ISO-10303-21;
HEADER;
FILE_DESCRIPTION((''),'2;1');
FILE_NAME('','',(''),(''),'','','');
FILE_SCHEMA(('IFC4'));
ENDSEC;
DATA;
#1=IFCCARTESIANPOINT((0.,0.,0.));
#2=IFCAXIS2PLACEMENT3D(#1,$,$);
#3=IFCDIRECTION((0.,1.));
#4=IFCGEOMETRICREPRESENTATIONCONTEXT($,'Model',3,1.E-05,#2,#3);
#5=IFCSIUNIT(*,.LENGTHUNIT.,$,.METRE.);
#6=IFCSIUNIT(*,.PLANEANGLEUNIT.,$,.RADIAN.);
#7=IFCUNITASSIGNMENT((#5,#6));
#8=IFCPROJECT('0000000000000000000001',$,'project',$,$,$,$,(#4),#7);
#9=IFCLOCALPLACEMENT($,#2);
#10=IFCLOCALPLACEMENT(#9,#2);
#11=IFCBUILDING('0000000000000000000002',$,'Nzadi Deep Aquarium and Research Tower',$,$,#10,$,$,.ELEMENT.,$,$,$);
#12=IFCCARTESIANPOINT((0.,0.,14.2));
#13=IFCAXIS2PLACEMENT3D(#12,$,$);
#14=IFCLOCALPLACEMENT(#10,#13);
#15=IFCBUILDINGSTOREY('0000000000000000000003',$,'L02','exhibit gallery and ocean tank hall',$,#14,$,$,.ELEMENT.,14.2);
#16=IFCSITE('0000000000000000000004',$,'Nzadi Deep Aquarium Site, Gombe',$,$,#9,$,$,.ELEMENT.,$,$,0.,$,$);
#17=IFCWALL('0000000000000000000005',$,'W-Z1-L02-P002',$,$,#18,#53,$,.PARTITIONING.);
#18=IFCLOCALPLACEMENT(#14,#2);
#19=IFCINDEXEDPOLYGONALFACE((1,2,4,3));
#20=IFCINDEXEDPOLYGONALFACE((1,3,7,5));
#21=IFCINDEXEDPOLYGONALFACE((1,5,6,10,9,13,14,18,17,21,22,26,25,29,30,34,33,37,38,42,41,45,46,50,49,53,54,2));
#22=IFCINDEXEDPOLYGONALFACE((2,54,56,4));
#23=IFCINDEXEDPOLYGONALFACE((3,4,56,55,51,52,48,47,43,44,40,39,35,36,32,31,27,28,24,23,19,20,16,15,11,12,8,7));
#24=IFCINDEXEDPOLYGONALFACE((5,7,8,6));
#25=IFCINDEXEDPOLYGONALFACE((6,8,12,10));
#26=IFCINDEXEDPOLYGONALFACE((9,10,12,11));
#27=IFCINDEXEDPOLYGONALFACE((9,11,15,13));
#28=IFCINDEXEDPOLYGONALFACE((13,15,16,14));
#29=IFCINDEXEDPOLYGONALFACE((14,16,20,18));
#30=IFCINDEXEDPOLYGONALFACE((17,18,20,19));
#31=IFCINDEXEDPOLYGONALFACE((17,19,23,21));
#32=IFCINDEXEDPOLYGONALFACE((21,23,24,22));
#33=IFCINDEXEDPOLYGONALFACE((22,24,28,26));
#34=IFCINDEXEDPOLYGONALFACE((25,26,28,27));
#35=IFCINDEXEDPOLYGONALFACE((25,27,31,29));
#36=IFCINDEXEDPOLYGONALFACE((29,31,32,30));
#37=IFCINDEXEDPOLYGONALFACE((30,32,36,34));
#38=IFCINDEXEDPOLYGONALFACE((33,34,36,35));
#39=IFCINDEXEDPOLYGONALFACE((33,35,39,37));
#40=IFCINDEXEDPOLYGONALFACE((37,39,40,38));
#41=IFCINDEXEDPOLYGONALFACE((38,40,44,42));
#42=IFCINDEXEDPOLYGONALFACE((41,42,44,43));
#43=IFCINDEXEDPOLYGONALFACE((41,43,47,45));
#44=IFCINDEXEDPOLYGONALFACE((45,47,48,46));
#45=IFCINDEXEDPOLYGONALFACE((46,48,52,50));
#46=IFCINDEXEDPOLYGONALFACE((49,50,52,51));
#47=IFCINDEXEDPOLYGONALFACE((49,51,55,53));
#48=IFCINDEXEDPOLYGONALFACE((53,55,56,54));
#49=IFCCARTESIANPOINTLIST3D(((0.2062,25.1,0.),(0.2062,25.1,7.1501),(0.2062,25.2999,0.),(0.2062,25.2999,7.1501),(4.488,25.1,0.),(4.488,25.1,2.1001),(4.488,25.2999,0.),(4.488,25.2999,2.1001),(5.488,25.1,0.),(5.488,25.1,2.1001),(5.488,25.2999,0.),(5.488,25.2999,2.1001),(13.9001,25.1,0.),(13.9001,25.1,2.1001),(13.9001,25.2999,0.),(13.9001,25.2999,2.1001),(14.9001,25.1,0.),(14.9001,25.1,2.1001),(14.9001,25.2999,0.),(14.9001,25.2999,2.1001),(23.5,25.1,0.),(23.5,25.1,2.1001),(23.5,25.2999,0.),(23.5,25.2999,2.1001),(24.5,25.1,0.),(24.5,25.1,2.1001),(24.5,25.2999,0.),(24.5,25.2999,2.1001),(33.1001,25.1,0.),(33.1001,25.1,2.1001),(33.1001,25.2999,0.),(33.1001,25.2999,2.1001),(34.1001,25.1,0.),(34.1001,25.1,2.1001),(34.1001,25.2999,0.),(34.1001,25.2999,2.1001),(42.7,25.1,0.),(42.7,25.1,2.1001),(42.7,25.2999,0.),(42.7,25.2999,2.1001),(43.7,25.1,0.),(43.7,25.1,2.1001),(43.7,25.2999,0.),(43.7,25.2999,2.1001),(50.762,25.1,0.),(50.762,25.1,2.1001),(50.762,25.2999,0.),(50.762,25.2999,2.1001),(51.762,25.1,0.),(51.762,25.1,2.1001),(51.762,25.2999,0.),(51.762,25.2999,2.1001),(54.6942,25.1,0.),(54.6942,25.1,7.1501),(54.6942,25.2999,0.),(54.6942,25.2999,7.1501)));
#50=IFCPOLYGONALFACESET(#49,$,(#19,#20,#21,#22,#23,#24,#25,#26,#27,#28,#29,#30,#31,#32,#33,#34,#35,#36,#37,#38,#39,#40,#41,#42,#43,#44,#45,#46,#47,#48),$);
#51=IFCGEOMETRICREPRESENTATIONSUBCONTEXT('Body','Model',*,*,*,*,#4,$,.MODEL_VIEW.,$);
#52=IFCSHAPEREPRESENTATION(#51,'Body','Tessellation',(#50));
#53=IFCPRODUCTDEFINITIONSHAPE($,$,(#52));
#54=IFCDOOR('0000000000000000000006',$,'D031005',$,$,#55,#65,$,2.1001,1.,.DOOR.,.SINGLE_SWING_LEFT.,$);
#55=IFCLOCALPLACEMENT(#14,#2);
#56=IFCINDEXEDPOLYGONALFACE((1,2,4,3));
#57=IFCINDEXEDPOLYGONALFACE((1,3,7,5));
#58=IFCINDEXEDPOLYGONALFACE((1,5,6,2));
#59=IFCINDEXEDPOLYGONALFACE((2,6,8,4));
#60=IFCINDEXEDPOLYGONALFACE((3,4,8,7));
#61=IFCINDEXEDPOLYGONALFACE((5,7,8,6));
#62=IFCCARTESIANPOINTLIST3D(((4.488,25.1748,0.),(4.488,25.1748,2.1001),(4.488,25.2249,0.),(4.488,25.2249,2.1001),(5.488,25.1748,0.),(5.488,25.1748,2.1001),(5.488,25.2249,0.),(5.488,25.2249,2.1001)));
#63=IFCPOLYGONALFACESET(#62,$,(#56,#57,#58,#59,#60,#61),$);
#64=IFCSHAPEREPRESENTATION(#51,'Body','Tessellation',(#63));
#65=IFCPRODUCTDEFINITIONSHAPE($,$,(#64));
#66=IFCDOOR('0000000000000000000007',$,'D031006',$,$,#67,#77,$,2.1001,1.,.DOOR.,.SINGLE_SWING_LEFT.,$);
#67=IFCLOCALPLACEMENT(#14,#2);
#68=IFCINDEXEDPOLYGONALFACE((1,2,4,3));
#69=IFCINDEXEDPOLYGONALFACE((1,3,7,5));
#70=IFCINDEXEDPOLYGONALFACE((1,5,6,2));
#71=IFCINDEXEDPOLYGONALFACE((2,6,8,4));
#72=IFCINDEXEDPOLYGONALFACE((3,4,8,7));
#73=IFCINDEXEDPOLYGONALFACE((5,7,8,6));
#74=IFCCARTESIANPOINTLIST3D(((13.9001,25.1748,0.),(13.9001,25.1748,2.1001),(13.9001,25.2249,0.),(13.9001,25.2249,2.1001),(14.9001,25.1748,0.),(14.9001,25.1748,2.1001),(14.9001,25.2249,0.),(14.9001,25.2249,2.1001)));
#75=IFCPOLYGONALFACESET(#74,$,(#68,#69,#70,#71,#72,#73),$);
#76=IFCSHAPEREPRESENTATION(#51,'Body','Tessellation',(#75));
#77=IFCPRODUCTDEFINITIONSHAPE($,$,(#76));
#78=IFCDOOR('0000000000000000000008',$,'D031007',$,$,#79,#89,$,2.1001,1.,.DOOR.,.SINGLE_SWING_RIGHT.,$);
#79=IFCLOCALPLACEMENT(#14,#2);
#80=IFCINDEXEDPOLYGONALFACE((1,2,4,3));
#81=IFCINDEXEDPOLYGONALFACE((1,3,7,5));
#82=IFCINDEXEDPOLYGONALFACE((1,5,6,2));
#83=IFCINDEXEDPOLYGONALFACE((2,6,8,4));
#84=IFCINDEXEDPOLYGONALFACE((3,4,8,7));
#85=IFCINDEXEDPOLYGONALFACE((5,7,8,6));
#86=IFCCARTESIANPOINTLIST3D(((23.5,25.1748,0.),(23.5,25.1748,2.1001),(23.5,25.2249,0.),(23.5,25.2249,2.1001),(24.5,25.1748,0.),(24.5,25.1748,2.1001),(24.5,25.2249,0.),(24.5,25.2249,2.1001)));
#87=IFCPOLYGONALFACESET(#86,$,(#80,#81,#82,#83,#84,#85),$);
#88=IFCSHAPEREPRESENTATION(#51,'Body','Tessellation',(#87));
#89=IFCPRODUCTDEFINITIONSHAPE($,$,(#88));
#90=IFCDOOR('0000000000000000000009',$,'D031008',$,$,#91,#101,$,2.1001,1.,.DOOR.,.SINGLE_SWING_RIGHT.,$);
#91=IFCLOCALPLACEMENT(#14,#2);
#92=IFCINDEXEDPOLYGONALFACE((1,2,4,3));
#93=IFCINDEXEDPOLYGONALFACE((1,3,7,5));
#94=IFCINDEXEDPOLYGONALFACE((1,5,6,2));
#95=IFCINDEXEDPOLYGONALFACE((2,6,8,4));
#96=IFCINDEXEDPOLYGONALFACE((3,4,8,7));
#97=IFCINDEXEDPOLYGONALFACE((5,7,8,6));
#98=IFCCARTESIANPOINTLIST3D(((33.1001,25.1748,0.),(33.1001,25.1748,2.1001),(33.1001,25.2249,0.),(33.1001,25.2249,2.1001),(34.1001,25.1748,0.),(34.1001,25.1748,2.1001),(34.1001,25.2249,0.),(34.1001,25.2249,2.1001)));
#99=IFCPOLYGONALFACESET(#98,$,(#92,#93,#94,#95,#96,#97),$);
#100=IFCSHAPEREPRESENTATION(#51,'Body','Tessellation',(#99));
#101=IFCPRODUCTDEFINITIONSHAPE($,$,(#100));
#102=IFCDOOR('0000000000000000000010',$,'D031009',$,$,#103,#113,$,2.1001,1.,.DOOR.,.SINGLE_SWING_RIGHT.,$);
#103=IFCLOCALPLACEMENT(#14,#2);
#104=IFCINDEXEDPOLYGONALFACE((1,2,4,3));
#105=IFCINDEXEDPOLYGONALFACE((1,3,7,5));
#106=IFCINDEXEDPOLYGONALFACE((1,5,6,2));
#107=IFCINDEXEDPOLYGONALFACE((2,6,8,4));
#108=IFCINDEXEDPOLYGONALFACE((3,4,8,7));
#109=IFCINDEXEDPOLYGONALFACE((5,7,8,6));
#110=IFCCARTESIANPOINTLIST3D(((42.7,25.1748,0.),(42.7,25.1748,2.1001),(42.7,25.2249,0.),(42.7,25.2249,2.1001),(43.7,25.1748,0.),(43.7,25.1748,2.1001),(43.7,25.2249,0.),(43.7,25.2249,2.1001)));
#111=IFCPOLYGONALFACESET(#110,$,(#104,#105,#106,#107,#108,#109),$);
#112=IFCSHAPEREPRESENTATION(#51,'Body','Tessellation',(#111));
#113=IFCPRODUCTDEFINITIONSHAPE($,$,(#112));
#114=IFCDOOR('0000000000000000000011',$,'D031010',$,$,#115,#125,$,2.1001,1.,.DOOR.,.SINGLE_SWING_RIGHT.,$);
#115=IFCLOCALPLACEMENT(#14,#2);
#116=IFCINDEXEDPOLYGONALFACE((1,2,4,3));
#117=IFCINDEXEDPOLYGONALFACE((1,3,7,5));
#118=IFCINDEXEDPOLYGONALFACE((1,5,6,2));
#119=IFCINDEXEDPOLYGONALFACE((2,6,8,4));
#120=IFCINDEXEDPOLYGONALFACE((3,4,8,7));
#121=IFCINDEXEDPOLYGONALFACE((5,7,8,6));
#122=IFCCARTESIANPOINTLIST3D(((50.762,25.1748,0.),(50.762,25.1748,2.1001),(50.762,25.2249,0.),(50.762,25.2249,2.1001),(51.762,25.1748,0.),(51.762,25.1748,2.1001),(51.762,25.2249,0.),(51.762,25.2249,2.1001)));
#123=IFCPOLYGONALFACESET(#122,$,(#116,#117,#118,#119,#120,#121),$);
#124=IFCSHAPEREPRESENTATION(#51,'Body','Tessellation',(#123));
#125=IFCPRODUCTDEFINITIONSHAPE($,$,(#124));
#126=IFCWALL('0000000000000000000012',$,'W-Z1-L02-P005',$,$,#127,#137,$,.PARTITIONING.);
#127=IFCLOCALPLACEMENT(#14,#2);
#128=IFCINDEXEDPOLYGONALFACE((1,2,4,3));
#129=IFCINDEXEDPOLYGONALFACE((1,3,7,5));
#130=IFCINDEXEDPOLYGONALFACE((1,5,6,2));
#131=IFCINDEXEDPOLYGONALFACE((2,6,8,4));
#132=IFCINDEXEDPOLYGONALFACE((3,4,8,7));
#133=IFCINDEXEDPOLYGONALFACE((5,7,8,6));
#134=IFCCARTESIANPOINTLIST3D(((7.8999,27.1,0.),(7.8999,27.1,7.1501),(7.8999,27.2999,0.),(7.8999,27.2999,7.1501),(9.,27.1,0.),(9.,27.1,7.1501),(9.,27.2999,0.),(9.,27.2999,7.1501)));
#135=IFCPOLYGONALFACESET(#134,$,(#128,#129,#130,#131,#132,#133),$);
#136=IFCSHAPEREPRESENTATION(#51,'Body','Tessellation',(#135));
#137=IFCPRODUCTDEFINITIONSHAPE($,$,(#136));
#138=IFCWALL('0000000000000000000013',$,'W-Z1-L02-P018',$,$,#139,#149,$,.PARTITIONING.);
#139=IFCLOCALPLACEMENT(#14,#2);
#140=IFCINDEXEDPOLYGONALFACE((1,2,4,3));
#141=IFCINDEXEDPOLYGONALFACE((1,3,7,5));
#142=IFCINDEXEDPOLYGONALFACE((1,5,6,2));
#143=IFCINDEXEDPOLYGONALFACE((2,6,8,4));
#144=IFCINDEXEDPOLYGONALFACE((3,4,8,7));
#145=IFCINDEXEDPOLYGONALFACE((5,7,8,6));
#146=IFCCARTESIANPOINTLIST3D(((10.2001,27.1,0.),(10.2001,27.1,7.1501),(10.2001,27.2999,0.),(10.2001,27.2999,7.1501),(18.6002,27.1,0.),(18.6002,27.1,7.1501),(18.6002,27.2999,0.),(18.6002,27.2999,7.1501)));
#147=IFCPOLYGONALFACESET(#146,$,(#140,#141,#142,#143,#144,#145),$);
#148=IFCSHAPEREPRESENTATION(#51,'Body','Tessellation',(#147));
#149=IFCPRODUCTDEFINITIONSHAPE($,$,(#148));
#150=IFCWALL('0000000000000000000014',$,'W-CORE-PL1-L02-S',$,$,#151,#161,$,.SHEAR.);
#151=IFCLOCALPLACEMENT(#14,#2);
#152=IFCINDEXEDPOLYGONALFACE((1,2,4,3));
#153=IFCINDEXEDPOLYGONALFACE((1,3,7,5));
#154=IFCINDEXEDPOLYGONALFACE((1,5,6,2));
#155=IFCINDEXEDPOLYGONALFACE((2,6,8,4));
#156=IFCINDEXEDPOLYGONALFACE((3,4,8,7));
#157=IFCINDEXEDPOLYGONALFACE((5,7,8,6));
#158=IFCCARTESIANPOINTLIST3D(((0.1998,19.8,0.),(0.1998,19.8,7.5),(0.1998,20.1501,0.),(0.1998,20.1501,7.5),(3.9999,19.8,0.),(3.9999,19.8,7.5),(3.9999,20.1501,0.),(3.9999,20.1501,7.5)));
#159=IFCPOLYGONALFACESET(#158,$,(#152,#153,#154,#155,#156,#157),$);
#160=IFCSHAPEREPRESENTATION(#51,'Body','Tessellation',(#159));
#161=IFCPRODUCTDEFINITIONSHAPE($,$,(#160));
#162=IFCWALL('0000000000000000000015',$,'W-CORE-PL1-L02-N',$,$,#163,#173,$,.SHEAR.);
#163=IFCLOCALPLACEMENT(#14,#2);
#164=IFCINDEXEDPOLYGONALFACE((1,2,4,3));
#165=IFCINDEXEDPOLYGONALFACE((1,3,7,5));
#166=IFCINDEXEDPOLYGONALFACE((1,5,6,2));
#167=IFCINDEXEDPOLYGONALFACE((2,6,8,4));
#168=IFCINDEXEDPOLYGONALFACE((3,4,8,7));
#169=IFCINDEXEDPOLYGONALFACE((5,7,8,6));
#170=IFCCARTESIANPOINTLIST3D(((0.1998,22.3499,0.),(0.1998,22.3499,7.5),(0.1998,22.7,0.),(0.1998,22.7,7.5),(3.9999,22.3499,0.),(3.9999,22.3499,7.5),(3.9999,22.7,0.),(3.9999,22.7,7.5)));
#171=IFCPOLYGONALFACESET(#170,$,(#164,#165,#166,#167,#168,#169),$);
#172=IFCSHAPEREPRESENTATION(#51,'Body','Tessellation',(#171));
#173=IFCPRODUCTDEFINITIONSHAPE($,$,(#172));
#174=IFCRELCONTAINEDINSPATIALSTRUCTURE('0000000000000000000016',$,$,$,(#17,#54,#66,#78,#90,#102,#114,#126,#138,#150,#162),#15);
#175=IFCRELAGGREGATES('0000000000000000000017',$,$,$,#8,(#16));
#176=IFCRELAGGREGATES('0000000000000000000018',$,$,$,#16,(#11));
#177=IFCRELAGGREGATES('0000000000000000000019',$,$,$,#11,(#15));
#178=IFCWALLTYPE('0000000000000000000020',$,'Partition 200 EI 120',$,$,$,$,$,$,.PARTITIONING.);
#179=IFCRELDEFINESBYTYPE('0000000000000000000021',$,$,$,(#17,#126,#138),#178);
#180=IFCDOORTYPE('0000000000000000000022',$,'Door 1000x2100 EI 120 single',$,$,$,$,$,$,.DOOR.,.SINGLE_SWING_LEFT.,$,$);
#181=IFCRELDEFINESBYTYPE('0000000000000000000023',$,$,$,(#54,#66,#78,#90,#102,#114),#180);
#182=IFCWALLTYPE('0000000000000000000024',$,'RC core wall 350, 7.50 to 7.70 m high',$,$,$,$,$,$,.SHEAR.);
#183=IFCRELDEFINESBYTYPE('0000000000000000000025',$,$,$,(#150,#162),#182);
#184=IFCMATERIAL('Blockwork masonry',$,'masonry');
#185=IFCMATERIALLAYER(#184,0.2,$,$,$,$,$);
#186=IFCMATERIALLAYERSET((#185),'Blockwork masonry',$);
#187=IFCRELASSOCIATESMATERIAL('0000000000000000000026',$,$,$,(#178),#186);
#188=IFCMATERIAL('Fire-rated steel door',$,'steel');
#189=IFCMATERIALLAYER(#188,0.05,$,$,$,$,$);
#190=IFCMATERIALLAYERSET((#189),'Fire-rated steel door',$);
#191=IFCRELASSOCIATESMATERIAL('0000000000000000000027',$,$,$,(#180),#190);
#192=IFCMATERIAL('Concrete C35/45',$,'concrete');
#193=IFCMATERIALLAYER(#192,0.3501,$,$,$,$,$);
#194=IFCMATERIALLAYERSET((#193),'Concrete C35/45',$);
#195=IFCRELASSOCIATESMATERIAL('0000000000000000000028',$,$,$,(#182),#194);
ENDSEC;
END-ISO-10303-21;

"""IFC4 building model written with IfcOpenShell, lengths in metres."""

from ifc_helpers import new_model, si_unit, direction, frame, frame_2d, origin, place, context, subcontext, project, spatial, rectangle, extrude, material, layer, layer_set, type_object, element, fill, save


model = new_model("IFC4")

# Units and contexts
model_context = context("Model", 3, precision=1e-05, world=origin(), true_north=direction((0.0, 1.0)))
body_context = subcontext(model_context, "Body", "Model", "MODEL_VIEW")
ifc_project = project(units=[si_unit("LENGTHUNIT", "METRE"), si_unit("PLANEANGLEUNIT", "RADIAN")], contexts=[model_context])

# Site, building, storey
site_placement = place(None, origin())
site = spatial("IfcSite", under=ifc_project, at=site_placement, Name="Nzadi Deep Aquarium Site, Gombe", CompositionType="ELEMENT", RefElevation=0.0)
building_placement = place(site_placement, origin())
building = spatial("IfcBuilding", under=site, at=building_placement, Name="Nzadi Deep Aquarium and Research Tower", CompositionType="ELEMENT")
storey_placement = place(building_placement, frame((0.0, 0.0, 14.2)))
storey = spatial("IfcBuildingStorey", under=building, at=storey_placement, Name="L02", Description="exhibit gallery and ocean tank hall", CompositionType="ELEMENT", Elevation=14.2)

# Wall, openings, doors
ifc_material_1 = material(Name="Blockwork masonry", Category="masonry")
ifc_layer_1 = layer(ifc_material_1, 0.2)
ifc_layer_set_1 = layer_set([ifc_layer_1], Name="Blockwork masonry")
wall_type_1 = type_object("IfcWallType", Name="Partition 200 EI 120", PredefinedType="PARTITIONING", material=ifc_layer_set_1)
wall_1_placement = place(storey_placement, frame((0.2061, 25.2, 0.0), z_axis=(0.0, 0.0, 1.0), x_axis=(1.0, 0.0, 0.0)))
wall_1 = element("IfcWall", 1, at=wall_1_placement, inside=storey, type_object=wall_type_1, Name="W-Z1-L02-P002", PredefinedType="PARTITIONING", context=body_context, shape_type="SweptSolid", body=[
    extrude(rectangle(XDim=54.488, YDim=0.2, at=frame_2d((27.2441, 0.0))), origin(), (0.0, 0.0, 1.0), 7.1501),
])
opening_1_placement = place(wall_1_placement, frame((4.282, 0.0, 0.0)))
opening_1 = element("IfcOpeningElement", 2, at=opening_1_placement, cuts=wall_1, PredefinedType="OPENING", context=body_context, shape_type="SweptSolid", body=[
    extrude(rectangle(XDim=1.0, YDim=2.1001, at=frame_2d((0.5, 1.05))), frame((0.0, 0.1101, 0.0), z_axis=(0.0, -1.0, 0.0), x_axis=(1.0, 0.0, 0.0)), (0.0, 0.0, 1.0), 0.2202),
])
opening_2_placement = place(wall_1_placement, frame((13.6941, 0.0, 0.0)))
opening_2 = element("IfcOpeningElement", 3, at=opening_2_placement, cuts=wall_1, PredefinedType="OPENING", context=body_context, shape_type="SweptSolid", body=[
    extrude(rectangle(XDim=1.0, YDim=2.1001, at=frame_2d((0.5, 1.05))), frame((0.0, 0.1101, 0.0), z_axis=(0.0, -1.0, 0.0), x_axis=(1.0, 0.0, 0.0)), (0.0, 0.0, 1.0), 0.2202),
])
opening_3_placement = place(wall_1_placement, frame((23.2939, 0.0, 0.0)))
opening_3 = element("IfcOpeningElement", 4, at=opening_3_placement, cuts=wall_1, PredefinedType="OPENING", context=body_context, shape_type="SweptSolid", body=[
    extrude(rectangle(XDim=1.0, YDim=2.1001, at=frame_2d((0.5, 1.05))), frame((0.0, 0.1101, 0.0), z_axis=(0.0, -1.0, 0.0), x_axis=(1.0, 0.0, 0.0)), (0.0, 0.0, 1.0), 0.2202),
])
opening_4_placement = place(wall_1_placement, frame((32.894, 0.0, 0.0)))
opening_4 = element("IfcOpeningElement", 5, at=opening_4_placement, cuts=wall_1, PredefinedType="OPENING", context=body_context, shape_type="SweptSolid", body=[
    extrude(rectangle(XDim=1.0, YDim=2.1001, at=frame_2d((0.5, 1.05))), frame((0.0, 0.1101, 0.0), z_axis=(0.0, -1.0, 0.0), x_axis=(1.0, 0.0, 0.0)), (0.0, 0.0, 1.0), 0.2202),
])
opening_5_placement = place(wall_1_placement, frame((42.4939, 0.0, 0.0)))
opening_5 = element("IfcOpeningElement", 6, at=opening_5_placement, cuts=wall_1, PredefinedType="OPENING", context=body_context, shape_type="SweptSolid", body=[
    extrude(rectangle(XDim=1.0, YDim=2.1001, at=frame_2d((0.5, 1.05))), frame((0.0, 0.1101, 0.0), z_axis=(0.0, -1.0, 0.0), x_axis=(1.0, 0.0, 0.0)), (0.0, 0.0, 1.0), 0.2202),
])
opening_6_placement = place(wall_1_placement, frame((50.5559, 0.0, 0.0)))
opening_6 = element("IfcOpeningElement", 7, at=opening_6_placement, cuts=wall_1, PredefinedType="OPENING", context=body_context, shape_type="SweptSolid", body=[
    extrude(rectangle(XDim=1.0, YDim=2.1001, at=frame_2d((0.5, 1.05))), frame((0.0, 0.1101, 0.0), z_axis=(0.0, -1.0, 0.0), x_axis=(1.0, 0.0, 0.0)), (0.0, 0.0, 1.0), 0.2202),
])
ifc_material_2 = material(Name="Fire-rated steel door", Category="steel")
ifc_layer_2 = layer(ifc_material_2, 0.05)
ifc_layer_set_2 = layer_set([ifc_layer_2], Name="Fire-rated steel door")
door_type_1 = type_object("IfcDoorType", Name="Door 1000x2100 EI 120 single", OperationType="SINGLE_SWING_LEFT", PredefinedType="DOOR", material=ifc_layer_set_2)
door_1_placement = place(opening_1_placement, origin())
door_1 = element("IfcDoor", 8, at=door_1_placement, inside=storey, type_object=door_type_1, Name="D031005", OperationType="SINGLE_SWING_LEFT", OverallHeight=2.1001, OverallWidth=1.0, PredefinedType="DOOR", context=body_context, shape_type="SweptSolid", body=[
    extrude(rectangle(XDim=1.0, YDim=2.1001, at=frame_2d((0.5, 1.05))), frame((0.0, 0.0249, 0.0), z_axis=(0.0, -1.0, 0.0), x_axis=(1.0, 0.0, 0.0)), (0.0, 0.0, 1.0), 0.05),
])
fill(opening_1, door_1)
door_2_placement = place(opening_2_placement, origin())
door_2 = element("IfcDoor", 9, at=door_2_placement, inside=storey, type_object=door_type_1, Name="D031006", OperationType="SINGLE_SWING_LEFT", OverallHeight=2.1001, OverallWidth=1.0, PredefinedType="DOOR", context=body_context, shape_type="SweptSolid", body=[
    extrude(rectangle(XDim=1.0, YDim=2.1001, at=frame_2d((0.5, 1.05))), frame((0.0, 0.0249, 0.0), z_axis=(0.0, -1.0, 0.0), x_axis=(1.0, 0.0, 0.0)), (0.0, 0.0, 1.0), 0.05),
])
fill(opening_2, door_2)
door_3_placement = place(opening_3_placement, origin())
door_3 = element("IfcDoor", 10, at=door_3_placement, inside=storey, type_object=door_type_1, Name="D031007", OperationType="SINGLE_SWING_RIGHT", OverallHeight=2.1001, OverallWidth=1.0, PredefinedType="DOOR", context=body_context, shape_type="SweptSolid", body=[
    extrude(rectangle(XDim=1.0, YDim=2.1001, at=frame_2d((0.5, 1.05))), frame((0.0, 0.0249, 0.0), z_axis=(0.0, -1.0, 0.0), x_axis=(1.0, 0.0, 0.0)), (0.0, 0.0, 1.0), 0.05),
])
fill(opening_3, door_3)
door_4_placement = place(opening_4_placement, origin())
door_4 = element("IfcDoor", 11, at=door_4_placement, inside=storey, type_object=door_type_1, Name="D031008", OperationType="SINGLE_SWING_RIGHT", OverallHeight=2.1001, OverallWidth=1.0, PredefinedType="DOOR", context=body_context, shape_type="SweptSolid", body=[
    extrude(rectangle(XDim=1.0, YDim=2.1001, at=frame_2d((0.5, 1.05))), frame((0.0, 0.0249, 0.0), z_axis=(0.0, -1.0, 0.0), x_axis=(1.0, 0.0, 0.0)), (0.0, 0.0, 1.0), 0.05),
])
fill(opening_4, door_4)
door_5_placement = place(opening_5_placement, origin())
door_5 = element("IfcDoor", 12, at=door_5_placement, inside=storey, type_object=door_type_1, Name="D031009", OperationType="SINGLE_SWING_RIGHT", OverallHeight=2.1001, OverallWidth=1.0, PredefinedType="DOOR", context=body_context, shape_type="SweptSolid", body=[
    extrude(rectangle(XDim=1.0, YDim=2.1001, at=frame_2d((0.5, 1.05))), frame((0.0, 0.0249, 0.0), z_axis=(0.0, -1.0, 0.0), x_axis=(1.0, 0.0, 0.0)), (0.0, 0.0, 1.0), 0.05),
])
fill(opening_5, door_5)
door_6_placement = place(opening_6_placement, origin())
door_6 = element("IfcDoor", 13, at=door_6_placement, inside=storey, type_object=door_type_1, Name="D031010", OperationType="SINGLE_SWING_RIGHT", OverallHeight=2.1001, OverallWidth=1.0, PredefinedType="DOOR", context=body_context, shape_type="SweptSolid", body=[
    extrude(rectangle(XDim=1.0, YDim=2.1001, at=frame_2d((0.5, 1.05))), frame((0.0, 0.0249, 0.0), z_axis=(0.0, -1.0, 0.0), x_axis=(1.0, 0.0, 0.0)), (0.0, 0.0, 1.0), 0.05),
])
fill(opening_6, door_6)

# Walls
wall_2_placement = place(storey_placement, frame((7.8999, 27.2, 0.0), z_axis=(0.0, 0.0, 1.0), x_axis=(1.0, 0.0, 0.0)))
element("IfcWall", 14, at=wall_2_placement, inside=storey, type_object=wall_type_1, Name="W-Z1-L02-P005", PredefinedType="PARTITIONING", context=body_context, shape_type="SweptSolid", body=[
    extrude(rectangle(XDim=1.1001, YDim=0.2, at=frame_2d((0.55, 0.0))), origin(), (0.0, 0.0, 1.0), 7.1501),
])
wall_3_placement = place(storey_placement, frame((10.2, 27.2, 0.0), z_axis=(0.0, 0.0, 1.0), x_axis=(1.0, 0.0, 0.0)))
element("IfcWall", 15, at=wall_3_placement, inside=storey, type_object=wall_type_1, Name="W-Z1-L02-P018", PredefinedType="PARTITIONING", context=body_context, shape_type="SweptSolid", body=[
    extrude(rectangle(XDim=8.4001, YDim=0.2, at=frame_2d((4.2002, 0.0))), origin(), (0.0, 0.0, 1.0), 7.1501),
])
ifc_material_3 = material(Name="Concrete C35/45", Category="concrete")
ifc_layer_3 = layer(ifc_material_3, 0.3501)
ifc_layer_set_3 = layer_set([ifc_layer_3], Name="Concrete C35/45")
wall_type_2 = type_object("IfcWallType", Name="RC core wall 350, 7.50 to 7.70 m high", PredefinedType="SHEAR", material=ifc_layer_set_3)
for number, where, z_axis, x_axis, name in (
    (16, (0.2, 19.9751, 0.0), (0.0, 0.0, 1.0), (1.0, 0.0, 0.0), "W-CORE-PL1-L02-S"),
    (17, (0.2, 22.5249, 0.0), (0.0, 0.0, 1.0), (1.0, 0.0, 0.0), "W-CORE-PL1-L02-N"),
):
    element("IfcWall", number, at=place(storey_placement, frame(where, z_axis=z_axis, x_axis=x_axis)), inside=storey, type_object=wall_type_2, Name=name, PredefinedType="SHEAR", context=body_context, shape_type="SweptSolid", body=[
        extrude(rectangle(XDim=3.8, YDim=0.3501, at=frame_2d((1.8999, 0.0))), origin(), (0.0, 0.0, 1.0), 7.5),
    ])

save(model, "model.ifc")
